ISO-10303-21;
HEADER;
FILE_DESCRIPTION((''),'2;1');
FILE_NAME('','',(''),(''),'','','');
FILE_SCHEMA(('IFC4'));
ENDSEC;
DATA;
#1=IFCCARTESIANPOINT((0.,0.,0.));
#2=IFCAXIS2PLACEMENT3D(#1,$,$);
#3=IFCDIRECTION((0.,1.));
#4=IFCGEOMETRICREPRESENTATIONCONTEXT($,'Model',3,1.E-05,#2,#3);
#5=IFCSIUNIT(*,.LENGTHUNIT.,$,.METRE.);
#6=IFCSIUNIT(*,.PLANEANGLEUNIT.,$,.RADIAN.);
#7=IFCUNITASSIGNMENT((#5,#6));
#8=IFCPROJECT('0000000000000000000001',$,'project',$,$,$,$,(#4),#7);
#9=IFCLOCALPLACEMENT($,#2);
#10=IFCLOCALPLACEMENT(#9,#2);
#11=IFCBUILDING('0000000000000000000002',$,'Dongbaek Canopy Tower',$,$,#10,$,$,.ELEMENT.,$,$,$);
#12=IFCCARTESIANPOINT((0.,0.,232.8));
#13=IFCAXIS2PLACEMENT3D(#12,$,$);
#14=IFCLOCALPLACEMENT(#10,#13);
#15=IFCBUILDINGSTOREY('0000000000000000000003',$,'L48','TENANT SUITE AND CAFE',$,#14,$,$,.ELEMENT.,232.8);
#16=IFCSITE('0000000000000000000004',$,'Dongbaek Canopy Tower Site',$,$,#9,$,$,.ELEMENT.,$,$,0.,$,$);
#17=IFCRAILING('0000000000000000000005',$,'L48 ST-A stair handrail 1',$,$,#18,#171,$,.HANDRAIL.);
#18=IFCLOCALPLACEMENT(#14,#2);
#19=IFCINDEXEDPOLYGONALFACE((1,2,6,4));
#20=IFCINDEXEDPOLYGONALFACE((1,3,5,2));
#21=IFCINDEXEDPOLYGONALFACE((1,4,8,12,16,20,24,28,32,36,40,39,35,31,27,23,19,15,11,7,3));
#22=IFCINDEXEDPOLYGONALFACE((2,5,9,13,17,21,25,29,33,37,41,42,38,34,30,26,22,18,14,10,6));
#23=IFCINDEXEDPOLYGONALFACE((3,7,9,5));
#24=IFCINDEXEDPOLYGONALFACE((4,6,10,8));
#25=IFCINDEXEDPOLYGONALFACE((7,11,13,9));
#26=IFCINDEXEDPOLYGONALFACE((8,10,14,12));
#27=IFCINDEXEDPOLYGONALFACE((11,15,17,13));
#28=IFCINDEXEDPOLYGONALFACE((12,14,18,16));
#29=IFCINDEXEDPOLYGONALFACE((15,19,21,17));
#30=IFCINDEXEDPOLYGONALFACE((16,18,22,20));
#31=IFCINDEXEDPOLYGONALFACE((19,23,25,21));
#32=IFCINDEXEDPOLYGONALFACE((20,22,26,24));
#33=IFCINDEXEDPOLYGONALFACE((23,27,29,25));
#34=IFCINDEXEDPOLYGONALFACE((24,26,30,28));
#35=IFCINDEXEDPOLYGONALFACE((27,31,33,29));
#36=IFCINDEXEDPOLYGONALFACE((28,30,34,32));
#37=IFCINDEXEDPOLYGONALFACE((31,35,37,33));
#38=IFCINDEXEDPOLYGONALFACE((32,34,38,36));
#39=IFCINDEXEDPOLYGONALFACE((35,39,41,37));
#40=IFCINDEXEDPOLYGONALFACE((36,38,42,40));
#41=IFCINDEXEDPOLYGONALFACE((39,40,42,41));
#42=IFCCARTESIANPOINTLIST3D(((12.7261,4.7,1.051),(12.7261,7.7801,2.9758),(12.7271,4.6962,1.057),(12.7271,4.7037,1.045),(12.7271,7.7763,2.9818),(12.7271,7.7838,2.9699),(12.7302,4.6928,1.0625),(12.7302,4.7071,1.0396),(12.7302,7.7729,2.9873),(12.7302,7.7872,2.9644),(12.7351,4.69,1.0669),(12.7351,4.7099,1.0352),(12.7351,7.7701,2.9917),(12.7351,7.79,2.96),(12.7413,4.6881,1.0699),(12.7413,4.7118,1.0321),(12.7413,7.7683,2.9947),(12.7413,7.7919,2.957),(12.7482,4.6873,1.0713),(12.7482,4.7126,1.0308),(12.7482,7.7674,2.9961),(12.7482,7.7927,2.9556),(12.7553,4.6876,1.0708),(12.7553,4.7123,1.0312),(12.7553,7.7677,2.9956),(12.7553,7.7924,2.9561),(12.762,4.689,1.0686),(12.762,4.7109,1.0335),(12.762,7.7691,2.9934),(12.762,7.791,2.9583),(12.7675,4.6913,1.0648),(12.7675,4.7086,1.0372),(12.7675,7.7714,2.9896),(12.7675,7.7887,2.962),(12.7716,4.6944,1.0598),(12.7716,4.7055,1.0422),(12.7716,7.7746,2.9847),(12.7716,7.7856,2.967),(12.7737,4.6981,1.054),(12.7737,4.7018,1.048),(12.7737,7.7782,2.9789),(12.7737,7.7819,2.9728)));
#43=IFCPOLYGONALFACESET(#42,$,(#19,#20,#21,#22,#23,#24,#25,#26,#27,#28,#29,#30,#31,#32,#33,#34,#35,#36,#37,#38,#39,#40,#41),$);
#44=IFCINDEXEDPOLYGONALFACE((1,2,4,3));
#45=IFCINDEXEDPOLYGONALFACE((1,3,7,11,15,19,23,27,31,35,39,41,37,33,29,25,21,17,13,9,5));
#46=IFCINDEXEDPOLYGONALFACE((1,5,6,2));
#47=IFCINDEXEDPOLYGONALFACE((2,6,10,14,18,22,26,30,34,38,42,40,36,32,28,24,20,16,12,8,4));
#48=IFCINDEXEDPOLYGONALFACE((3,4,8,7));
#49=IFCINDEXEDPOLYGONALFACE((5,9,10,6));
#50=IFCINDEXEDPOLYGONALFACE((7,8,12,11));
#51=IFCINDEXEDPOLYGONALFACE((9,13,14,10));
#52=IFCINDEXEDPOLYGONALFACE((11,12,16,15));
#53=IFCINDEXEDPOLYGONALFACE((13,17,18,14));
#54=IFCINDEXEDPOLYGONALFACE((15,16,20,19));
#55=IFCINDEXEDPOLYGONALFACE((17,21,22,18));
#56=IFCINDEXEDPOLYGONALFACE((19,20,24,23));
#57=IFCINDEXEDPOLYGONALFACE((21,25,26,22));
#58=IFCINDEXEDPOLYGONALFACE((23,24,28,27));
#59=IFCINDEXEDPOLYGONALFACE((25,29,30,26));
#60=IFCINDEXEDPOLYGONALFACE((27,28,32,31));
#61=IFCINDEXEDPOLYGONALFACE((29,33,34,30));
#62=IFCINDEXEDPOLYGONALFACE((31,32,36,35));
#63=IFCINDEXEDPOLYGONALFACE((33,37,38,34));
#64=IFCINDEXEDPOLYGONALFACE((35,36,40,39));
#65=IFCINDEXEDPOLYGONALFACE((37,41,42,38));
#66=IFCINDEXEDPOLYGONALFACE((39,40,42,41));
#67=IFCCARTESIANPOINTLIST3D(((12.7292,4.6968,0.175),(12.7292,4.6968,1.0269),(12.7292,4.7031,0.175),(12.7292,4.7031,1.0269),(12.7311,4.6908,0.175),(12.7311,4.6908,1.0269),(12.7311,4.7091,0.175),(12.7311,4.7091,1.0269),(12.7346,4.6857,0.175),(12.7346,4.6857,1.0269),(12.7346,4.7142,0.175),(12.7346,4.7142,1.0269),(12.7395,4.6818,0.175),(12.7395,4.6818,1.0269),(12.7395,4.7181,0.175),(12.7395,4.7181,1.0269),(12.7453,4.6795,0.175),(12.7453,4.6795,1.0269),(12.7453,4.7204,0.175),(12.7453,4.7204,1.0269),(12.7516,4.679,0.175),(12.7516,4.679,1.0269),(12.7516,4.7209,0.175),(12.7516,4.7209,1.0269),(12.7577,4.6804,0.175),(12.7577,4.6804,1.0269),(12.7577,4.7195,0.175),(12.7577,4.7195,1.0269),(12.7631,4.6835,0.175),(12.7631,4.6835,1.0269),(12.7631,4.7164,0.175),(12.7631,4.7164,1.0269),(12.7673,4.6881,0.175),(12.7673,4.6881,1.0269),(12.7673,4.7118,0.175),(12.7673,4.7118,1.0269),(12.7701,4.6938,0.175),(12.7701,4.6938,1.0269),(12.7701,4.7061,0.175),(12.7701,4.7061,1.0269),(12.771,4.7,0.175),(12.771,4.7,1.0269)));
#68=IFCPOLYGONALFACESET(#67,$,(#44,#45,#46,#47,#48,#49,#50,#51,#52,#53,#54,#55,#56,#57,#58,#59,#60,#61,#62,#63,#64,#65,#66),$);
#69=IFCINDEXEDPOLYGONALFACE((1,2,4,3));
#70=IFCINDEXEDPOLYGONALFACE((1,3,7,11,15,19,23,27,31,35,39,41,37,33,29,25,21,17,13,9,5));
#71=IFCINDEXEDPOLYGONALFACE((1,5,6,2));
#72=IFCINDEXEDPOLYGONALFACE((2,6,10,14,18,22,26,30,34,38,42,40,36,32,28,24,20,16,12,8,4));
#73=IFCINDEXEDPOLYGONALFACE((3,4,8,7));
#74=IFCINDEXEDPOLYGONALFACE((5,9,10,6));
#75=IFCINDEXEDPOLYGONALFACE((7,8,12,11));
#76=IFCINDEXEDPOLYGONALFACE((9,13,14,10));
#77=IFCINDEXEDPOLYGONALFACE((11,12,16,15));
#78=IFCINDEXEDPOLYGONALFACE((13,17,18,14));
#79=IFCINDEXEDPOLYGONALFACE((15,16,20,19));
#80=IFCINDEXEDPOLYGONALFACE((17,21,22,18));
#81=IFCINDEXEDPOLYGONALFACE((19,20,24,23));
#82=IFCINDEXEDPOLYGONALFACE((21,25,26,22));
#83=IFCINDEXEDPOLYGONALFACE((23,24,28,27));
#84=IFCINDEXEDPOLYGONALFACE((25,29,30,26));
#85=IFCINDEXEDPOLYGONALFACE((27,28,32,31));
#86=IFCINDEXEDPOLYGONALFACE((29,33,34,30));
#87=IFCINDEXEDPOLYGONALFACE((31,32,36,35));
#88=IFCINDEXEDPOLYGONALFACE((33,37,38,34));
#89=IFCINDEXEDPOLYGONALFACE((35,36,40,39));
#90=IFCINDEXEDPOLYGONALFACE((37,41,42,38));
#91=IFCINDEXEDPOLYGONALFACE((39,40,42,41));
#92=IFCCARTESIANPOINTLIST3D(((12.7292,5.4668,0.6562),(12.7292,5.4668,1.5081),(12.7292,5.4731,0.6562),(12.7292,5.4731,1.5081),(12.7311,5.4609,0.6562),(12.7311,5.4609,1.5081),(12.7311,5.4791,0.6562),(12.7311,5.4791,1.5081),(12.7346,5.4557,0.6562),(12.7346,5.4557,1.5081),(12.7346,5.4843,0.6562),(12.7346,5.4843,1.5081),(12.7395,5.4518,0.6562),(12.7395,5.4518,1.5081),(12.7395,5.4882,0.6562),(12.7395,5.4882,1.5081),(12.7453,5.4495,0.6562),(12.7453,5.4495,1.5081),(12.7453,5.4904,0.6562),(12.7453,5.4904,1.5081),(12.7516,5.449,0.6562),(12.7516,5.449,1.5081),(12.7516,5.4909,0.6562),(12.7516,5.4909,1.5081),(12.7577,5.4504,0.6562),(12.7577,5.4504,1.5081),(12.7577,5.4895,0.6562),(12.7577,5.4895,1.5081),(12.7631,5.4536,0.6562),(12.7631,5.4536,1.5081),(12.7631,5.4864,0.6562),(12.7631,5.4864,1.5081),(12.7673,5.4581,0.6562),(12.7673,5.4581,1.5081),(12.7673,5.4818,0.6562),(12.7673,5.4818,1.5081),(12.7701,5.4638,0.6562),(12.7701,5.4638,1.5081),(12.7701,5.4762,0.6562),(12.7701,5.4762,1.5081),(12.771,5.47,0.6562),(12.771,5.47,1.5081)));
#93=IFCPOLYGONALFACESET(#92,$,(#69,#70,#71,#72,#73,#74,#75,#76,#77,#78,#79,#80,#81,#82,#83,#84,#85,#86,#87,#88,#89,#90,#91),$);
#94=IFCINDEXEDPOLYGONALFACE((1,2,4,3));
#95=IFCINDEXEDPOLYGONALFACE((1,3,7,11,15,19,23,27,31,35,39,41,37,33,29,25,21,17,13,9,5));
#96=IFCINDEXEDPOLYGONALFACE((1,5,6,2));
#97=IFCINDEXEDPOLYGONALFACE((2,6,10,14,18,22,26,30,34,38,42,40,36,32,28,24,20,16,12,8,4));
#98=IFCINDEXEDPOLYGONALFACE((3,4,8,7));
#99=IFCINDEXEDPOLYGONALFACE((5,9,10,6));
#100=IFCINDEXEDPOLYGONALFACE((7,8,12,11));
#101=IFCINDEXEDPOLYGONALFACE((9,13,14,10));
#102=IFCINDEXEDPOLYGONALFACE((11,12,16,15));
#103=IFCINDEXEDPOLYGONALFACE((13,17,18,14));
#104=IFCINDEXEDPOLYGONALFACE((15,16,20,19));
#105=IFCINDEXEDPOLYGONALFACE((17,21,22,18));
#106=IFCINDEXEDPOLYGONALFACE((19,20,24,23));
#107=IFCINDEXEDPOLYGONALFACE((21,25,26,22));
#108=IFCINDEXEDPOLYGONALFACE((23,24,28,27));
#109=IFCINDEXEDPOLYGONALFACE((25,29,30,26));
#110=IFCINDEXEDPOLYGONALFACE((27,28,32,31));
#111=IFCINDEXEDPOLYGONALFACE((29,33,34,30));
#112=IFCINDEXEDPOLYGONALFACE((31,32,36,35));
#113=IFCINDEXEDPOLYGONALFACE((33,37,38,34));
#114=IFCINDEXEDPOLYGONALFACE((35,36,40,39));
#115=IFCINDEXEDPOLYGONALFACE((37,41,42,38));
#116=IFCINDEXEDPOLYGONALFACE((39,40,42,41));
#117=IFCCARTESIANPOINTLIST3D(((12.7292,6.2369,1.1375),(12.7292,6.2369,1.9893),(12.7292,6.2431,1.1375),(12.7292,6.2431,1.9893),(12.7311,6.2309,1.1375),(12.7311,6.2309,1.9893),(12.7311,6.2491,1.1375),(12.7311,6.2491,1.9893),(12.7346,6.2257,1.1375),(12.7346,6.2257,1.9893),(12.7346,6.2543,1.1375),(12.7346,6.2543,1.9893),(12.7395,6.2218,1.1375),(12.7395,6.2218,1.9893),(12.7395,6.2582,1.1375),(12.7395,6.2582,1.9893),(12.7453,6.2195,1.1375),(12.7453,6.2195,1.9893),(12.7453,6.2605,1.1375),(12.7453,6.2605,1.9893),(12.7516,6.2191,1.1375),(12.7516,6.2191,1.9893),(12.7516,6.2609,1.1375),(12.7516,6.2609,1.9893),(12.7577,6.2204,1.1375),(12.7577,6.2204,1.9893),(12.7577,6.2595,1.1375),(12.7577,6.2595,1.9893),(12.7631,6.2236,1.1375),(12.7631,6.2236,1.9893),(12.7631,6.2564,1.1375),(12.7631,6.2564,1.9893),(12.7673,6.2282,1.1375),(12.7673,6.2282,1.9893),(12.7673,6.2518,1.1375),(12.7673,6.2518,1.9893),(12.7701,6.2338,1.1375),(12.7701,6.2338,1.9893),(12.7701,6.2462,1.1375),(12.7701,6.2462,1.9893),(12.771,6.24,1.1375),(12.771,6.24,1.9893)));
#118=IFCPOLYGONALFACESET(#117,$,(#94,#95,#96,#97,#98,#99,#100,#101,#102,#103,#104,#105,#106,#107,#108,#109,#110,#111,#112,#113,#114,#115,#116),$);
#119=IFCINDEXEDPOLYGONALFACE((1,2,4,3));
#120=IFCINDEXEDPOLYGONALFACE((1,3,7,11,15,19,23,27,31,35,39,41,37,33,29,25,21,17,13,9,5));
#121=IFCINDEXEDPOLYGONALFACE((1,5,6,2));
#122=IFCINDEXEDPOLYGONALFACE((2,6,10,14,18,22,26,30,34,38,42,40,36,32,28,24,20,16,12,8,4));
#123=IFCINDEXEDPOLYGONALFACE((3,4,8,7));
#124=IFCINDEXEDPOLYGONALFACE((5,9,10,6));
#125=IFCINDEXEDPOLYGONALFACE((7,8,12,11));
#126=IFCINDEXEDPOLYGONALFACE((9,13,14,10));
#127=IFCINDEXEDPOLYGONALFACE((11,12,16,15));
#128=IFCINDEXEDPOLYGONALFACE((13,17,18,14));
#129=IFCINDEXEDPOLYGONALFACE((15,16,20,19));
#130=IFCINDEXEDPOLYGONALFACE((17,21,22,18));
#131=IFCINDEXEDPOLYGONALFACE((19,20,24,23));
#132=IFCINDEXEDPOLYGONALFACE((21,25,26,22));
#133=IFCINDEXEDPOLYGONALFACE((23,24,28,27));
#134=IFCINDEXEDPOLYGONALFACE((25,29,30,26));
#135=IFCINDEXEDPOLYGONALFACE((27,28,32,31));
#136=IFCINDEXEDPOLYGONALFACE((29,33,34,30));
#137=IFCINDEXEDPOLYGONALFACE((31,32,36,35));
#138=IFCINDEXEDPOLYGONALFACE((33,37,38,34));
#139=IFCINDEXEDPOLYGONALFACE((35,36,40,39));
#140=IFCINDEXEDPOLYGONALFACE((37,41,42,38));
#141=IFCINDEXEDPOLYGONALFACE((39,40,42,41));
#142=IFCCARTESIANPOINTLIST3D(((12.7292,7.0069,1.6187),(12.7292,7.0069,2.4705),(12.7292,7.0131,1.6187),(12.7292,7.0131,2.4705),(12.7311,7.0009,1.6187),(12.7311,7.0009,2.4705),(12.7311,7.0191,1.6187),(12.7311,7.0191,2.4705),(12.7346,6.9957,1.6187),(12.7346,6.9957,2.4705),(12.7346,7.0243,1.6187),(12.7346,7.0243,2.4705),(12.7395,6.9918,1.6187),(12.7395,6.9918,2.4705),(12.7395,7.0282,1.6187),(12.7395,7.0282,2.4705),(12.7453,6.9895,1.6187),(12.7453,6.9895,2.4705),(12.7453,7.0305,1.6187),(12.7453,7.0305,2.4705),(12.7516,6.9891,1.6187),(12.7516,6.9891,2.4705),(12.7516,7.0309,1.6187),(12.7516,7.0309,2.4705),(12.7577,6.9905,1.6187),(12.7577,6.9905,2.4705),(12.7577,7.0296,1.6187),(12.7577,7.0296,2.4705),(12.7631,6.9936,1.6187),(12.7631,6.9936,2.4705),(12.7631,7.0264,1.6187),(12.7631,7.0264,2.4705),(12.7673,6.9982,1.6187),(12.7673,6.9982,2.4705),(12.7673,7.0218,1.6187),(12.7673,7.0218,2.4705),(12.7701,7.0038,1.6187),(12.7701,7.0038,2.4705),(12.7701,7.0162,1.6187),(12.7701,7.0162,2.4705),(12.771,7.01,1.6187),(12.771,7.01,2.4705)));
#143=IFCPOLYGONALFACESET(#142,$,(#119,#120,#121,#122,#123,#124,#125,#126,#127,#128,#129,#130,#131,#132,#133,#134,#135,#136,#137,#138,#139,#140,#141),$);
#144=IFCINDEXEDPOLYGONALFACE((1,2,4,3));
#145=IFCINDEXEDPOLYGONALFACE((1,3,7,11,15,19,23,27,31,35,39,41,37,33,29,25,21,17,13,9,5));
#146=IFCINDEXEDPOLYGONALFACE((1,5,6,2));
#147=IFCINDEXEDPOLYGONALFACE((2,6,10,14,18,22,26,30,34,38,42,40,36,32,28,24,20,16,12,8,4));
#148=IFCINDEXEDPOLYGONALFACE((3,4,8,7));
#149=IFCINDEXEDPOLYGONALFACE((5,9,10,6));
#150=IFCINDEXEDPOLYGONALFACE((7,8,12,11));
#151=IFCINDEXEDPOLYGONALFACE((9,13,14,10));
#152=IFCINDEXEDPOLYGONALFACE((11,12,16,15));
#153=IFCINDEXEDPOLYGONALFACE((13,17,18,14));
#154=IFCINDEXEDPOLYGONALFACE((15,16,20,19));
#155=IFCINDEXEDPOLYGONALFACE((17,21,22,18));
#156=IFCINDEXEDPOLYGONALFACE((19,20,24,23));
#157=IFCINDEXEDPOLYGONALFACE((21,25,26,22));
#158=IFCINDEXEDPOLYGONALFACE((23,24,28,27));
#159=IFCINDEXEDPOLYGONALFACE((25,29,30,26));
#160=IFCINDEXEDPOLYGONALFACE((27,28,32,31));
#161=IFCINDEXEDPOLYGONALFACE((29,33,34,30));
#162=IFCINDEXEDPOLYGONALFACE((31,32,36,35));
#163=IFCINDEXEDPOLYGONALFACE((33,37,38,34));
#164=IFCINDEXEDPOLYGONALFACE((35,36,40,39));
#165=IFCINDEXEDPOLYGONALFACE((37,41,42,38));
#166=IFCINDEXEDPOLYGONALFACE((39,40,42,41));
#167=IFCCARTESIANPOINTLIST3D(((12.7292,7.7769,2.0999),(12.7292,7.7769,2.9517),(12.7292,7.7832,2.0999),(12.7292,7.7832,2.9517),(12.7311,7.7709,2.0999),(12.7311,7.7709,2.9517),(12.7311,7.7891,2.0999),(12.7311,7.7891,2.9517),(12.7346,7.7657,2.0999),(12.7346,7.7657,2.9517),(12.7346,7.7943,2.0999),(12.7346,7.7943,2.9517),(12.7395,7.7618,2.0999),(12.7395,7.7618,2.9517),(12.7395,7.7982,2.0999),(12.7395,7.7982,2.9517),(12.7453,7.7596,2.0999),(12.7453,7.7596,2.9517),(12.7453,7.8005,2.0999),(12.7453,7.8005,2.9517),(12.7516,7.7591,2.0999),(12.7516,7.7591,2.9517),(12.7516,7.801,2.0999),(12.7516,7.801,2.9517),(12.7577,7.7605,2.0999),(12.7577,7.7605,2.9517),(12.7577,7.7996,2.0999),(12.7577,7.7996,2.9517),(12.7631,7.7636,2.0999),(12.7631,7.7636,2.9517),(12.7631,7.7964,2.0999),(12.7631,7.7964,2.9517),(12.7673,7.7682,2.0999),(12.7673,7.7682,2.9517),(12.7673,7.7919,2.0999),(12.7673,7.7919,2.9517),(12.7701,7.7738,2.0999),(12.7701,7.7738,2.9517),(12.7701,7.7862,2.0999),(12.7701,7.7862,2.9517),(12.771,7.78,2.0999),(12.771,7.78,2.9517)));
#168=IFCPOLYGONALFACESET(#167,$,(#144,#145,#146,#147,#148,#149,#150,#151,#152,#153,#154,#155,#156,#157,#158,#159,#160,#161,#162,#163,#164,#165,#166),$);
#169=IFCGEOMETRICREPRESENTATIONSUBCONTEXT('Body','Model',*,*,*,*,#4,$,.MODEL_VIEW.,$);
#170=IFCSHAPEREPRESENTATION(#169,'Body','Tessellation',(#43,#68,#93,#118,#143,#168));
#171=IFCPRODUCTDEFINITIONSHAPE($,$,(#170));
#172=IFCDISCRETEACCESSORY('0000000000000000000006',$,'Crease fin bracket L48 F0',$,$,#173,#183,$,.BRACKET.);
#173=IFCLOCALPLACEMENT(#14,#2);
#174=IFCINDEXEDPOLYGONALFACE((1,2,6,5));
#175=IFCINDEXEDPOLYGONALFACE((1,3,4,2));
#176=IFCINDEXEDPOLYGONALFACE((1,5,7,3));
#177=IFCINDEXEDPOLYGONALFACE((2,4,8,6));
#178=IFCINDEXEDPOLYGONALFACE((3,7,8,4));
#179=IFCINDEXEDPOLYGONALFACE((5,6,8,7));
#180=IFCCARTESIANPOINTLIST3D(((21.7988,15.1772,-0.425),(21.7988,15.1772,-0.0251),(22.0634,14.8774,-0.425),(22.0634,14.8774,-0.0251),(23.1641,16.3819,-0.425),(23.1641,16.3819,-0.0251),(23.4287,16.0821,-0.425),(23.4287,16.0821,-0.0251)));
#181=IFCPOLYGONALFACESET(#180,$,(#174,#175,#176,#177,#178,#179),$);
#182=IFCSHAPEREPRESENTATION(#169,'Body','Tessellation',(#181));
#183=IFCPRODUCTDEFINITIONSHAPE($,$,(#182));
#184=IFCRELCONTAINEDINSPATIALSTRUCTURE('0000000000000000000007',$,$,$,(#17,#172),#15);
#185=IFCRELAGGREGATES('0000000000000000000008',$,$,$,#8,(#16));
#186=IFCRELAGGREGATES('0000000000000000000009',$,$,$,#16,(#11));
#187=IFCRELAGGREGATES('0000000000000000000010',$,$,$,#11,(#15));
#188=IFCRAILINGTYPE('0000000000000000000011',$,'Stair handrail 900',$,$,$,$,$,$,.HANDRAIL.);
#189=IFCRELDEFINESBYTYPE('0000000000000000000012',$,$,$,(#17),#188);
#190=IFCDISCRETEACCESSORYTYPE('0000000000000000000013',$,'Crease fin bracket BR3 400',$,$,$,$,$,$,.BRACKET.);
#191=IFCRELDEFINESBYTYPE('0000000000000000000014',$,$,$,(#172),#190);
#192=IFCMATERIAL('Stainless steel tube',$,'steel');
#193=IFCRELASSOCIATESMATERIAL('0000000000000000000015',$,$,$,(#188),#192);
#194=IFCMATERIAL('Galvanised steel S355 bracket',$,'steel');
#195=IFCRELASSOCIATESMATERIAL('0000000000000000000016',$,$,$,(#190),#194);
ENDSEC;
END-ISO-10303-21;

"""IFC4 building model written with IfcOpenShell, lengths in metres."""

from ifc_helpers import new_model, si_unit, direction, frame, origin, origin_2d, place, context, subcontext, project, spatial, rectangle, circle, extrude, material, type_object, element, save


model = new_model("IFC4")

# Units and contexts
model_context = context("Model", 3, precision=1e-05, world=origin(), true_north=direction((0.0, 1.0)))
body_context = subcontext(model_context, "Body", "Model", "MODEL_VIEW")
ifc_project = project(units=[si_unit("LENGTHUNIT", "METRE"), si_unit("PLANEANGLEUNIT", "RADIAN")], contexts=[model_context])

# Site, building, storey
site_placement = place(None, origin())
site = spatial("IfcSite", under=ifc_project, at=site_placement, Name="Dongbaek Canopy Tower Site", CompositionType="ELEMENT", RefElevation=0.0)
building_placement = place(site_placement, origin())
building = spatial("IfcBuilding", under=site, at=building_placement, Name="Dongbaek Canopy Tower", CompositionType="ELEMENT")
storey_placement = place(building_placement, frame((0.0, 0.0, 232.8)))
storey = spatial("IfcBuildingStorey", under=building, at=storey_placement, Name="L48", Description="TENANT SUITE AND CAFE", CompositionType="ELEMENT", Elevation=232.8)

# Railing
ifc_material_1 = material(Name="Stainless steel tube", Category="steel")
railing_type = type_object("IfcRailingType", Name="Stair handrail 900", PredefinedType="HANDRAIL", material=ifc_material_1)
railing_placement = place(storey_placement, frame((12.75, 4.7, 0.175)))
element("IfcRailing", 1, at=railing_placement, inside=storey, type_object=railing_type, Name="L48 ST-A stair handrail 1", PredefinedType="HANDRAIL", context=body_context, shape_type="SweptSolid", body=[
    extrude(circle(Radius=0.0239, at=origin_2d()), frame((0.0, 0.0, 0.876), z_axis=(0.0, 0.848029, 0.529951), x_axis=(-1.0, 0.0, 0.0)), (0.0, 0.0, 1.0), 3.6321),
    extrude(circle(Radius=0.021, at=origin_2d()), origin(), (0.0, 0.0, 1.0), 0.8518),
    extrude(circle(Radius=0.021, at=origin_2d()), frame((0.0, 0.77, 0.4812)), (0.0, 0.0, 1.0), 0.8518),
    extrude(circle(Radius=0.021, at=origin_2d()), frame((0.0, 1.54, 0.9624)), (0.0, 0.0, 1.0), 0.8518),
    extrude(circle(Radius=0.021, at=origin_2d()), frame((0.0, 2.3101, 1.4436)), (0.0, 0.0, 1.0), 0.8518),
    extrude(circle(Radius=0.021, at=origin_2d()), frame((0.0, 3.0801, 1.9248)), (0.0, 0.0, 1.0), 0.8518),
])

# Discrete accessory
ifc_material_2 = material(Name="Galvanised steel S355 bracket", Category="steel")
discrete_accessory_type = type_object("IfcDiscreteAccessoryType", Name="Crease fin bracket BR3 400", PredefinedType="BRACKET", material=ifc_material_2)
discrete_accessory_placement = place(storey_placement, frame((22.6138, 15.6296, -0.425), z_axis=(0.0, 0.0, 1.0), x_axis=(0.749829, 0.661631, 0.0)))
element("IfcDiscreteAccessory", 2, at=discrete_accessory_placement, inside=storey, type_object=discrete_accessory_type, Name="Crease fin bracket L48 F0", PredefinedType="BRACKET", context=body_context, shape_type="SweptSolid", body=[
    extrude(rectangle(XDim=1.8208, YDim=0.3999, at=origin_2d()), origin(), (0.0, 0.0, 1.0), 0.3999),
])

save(model, "model.ifc")
